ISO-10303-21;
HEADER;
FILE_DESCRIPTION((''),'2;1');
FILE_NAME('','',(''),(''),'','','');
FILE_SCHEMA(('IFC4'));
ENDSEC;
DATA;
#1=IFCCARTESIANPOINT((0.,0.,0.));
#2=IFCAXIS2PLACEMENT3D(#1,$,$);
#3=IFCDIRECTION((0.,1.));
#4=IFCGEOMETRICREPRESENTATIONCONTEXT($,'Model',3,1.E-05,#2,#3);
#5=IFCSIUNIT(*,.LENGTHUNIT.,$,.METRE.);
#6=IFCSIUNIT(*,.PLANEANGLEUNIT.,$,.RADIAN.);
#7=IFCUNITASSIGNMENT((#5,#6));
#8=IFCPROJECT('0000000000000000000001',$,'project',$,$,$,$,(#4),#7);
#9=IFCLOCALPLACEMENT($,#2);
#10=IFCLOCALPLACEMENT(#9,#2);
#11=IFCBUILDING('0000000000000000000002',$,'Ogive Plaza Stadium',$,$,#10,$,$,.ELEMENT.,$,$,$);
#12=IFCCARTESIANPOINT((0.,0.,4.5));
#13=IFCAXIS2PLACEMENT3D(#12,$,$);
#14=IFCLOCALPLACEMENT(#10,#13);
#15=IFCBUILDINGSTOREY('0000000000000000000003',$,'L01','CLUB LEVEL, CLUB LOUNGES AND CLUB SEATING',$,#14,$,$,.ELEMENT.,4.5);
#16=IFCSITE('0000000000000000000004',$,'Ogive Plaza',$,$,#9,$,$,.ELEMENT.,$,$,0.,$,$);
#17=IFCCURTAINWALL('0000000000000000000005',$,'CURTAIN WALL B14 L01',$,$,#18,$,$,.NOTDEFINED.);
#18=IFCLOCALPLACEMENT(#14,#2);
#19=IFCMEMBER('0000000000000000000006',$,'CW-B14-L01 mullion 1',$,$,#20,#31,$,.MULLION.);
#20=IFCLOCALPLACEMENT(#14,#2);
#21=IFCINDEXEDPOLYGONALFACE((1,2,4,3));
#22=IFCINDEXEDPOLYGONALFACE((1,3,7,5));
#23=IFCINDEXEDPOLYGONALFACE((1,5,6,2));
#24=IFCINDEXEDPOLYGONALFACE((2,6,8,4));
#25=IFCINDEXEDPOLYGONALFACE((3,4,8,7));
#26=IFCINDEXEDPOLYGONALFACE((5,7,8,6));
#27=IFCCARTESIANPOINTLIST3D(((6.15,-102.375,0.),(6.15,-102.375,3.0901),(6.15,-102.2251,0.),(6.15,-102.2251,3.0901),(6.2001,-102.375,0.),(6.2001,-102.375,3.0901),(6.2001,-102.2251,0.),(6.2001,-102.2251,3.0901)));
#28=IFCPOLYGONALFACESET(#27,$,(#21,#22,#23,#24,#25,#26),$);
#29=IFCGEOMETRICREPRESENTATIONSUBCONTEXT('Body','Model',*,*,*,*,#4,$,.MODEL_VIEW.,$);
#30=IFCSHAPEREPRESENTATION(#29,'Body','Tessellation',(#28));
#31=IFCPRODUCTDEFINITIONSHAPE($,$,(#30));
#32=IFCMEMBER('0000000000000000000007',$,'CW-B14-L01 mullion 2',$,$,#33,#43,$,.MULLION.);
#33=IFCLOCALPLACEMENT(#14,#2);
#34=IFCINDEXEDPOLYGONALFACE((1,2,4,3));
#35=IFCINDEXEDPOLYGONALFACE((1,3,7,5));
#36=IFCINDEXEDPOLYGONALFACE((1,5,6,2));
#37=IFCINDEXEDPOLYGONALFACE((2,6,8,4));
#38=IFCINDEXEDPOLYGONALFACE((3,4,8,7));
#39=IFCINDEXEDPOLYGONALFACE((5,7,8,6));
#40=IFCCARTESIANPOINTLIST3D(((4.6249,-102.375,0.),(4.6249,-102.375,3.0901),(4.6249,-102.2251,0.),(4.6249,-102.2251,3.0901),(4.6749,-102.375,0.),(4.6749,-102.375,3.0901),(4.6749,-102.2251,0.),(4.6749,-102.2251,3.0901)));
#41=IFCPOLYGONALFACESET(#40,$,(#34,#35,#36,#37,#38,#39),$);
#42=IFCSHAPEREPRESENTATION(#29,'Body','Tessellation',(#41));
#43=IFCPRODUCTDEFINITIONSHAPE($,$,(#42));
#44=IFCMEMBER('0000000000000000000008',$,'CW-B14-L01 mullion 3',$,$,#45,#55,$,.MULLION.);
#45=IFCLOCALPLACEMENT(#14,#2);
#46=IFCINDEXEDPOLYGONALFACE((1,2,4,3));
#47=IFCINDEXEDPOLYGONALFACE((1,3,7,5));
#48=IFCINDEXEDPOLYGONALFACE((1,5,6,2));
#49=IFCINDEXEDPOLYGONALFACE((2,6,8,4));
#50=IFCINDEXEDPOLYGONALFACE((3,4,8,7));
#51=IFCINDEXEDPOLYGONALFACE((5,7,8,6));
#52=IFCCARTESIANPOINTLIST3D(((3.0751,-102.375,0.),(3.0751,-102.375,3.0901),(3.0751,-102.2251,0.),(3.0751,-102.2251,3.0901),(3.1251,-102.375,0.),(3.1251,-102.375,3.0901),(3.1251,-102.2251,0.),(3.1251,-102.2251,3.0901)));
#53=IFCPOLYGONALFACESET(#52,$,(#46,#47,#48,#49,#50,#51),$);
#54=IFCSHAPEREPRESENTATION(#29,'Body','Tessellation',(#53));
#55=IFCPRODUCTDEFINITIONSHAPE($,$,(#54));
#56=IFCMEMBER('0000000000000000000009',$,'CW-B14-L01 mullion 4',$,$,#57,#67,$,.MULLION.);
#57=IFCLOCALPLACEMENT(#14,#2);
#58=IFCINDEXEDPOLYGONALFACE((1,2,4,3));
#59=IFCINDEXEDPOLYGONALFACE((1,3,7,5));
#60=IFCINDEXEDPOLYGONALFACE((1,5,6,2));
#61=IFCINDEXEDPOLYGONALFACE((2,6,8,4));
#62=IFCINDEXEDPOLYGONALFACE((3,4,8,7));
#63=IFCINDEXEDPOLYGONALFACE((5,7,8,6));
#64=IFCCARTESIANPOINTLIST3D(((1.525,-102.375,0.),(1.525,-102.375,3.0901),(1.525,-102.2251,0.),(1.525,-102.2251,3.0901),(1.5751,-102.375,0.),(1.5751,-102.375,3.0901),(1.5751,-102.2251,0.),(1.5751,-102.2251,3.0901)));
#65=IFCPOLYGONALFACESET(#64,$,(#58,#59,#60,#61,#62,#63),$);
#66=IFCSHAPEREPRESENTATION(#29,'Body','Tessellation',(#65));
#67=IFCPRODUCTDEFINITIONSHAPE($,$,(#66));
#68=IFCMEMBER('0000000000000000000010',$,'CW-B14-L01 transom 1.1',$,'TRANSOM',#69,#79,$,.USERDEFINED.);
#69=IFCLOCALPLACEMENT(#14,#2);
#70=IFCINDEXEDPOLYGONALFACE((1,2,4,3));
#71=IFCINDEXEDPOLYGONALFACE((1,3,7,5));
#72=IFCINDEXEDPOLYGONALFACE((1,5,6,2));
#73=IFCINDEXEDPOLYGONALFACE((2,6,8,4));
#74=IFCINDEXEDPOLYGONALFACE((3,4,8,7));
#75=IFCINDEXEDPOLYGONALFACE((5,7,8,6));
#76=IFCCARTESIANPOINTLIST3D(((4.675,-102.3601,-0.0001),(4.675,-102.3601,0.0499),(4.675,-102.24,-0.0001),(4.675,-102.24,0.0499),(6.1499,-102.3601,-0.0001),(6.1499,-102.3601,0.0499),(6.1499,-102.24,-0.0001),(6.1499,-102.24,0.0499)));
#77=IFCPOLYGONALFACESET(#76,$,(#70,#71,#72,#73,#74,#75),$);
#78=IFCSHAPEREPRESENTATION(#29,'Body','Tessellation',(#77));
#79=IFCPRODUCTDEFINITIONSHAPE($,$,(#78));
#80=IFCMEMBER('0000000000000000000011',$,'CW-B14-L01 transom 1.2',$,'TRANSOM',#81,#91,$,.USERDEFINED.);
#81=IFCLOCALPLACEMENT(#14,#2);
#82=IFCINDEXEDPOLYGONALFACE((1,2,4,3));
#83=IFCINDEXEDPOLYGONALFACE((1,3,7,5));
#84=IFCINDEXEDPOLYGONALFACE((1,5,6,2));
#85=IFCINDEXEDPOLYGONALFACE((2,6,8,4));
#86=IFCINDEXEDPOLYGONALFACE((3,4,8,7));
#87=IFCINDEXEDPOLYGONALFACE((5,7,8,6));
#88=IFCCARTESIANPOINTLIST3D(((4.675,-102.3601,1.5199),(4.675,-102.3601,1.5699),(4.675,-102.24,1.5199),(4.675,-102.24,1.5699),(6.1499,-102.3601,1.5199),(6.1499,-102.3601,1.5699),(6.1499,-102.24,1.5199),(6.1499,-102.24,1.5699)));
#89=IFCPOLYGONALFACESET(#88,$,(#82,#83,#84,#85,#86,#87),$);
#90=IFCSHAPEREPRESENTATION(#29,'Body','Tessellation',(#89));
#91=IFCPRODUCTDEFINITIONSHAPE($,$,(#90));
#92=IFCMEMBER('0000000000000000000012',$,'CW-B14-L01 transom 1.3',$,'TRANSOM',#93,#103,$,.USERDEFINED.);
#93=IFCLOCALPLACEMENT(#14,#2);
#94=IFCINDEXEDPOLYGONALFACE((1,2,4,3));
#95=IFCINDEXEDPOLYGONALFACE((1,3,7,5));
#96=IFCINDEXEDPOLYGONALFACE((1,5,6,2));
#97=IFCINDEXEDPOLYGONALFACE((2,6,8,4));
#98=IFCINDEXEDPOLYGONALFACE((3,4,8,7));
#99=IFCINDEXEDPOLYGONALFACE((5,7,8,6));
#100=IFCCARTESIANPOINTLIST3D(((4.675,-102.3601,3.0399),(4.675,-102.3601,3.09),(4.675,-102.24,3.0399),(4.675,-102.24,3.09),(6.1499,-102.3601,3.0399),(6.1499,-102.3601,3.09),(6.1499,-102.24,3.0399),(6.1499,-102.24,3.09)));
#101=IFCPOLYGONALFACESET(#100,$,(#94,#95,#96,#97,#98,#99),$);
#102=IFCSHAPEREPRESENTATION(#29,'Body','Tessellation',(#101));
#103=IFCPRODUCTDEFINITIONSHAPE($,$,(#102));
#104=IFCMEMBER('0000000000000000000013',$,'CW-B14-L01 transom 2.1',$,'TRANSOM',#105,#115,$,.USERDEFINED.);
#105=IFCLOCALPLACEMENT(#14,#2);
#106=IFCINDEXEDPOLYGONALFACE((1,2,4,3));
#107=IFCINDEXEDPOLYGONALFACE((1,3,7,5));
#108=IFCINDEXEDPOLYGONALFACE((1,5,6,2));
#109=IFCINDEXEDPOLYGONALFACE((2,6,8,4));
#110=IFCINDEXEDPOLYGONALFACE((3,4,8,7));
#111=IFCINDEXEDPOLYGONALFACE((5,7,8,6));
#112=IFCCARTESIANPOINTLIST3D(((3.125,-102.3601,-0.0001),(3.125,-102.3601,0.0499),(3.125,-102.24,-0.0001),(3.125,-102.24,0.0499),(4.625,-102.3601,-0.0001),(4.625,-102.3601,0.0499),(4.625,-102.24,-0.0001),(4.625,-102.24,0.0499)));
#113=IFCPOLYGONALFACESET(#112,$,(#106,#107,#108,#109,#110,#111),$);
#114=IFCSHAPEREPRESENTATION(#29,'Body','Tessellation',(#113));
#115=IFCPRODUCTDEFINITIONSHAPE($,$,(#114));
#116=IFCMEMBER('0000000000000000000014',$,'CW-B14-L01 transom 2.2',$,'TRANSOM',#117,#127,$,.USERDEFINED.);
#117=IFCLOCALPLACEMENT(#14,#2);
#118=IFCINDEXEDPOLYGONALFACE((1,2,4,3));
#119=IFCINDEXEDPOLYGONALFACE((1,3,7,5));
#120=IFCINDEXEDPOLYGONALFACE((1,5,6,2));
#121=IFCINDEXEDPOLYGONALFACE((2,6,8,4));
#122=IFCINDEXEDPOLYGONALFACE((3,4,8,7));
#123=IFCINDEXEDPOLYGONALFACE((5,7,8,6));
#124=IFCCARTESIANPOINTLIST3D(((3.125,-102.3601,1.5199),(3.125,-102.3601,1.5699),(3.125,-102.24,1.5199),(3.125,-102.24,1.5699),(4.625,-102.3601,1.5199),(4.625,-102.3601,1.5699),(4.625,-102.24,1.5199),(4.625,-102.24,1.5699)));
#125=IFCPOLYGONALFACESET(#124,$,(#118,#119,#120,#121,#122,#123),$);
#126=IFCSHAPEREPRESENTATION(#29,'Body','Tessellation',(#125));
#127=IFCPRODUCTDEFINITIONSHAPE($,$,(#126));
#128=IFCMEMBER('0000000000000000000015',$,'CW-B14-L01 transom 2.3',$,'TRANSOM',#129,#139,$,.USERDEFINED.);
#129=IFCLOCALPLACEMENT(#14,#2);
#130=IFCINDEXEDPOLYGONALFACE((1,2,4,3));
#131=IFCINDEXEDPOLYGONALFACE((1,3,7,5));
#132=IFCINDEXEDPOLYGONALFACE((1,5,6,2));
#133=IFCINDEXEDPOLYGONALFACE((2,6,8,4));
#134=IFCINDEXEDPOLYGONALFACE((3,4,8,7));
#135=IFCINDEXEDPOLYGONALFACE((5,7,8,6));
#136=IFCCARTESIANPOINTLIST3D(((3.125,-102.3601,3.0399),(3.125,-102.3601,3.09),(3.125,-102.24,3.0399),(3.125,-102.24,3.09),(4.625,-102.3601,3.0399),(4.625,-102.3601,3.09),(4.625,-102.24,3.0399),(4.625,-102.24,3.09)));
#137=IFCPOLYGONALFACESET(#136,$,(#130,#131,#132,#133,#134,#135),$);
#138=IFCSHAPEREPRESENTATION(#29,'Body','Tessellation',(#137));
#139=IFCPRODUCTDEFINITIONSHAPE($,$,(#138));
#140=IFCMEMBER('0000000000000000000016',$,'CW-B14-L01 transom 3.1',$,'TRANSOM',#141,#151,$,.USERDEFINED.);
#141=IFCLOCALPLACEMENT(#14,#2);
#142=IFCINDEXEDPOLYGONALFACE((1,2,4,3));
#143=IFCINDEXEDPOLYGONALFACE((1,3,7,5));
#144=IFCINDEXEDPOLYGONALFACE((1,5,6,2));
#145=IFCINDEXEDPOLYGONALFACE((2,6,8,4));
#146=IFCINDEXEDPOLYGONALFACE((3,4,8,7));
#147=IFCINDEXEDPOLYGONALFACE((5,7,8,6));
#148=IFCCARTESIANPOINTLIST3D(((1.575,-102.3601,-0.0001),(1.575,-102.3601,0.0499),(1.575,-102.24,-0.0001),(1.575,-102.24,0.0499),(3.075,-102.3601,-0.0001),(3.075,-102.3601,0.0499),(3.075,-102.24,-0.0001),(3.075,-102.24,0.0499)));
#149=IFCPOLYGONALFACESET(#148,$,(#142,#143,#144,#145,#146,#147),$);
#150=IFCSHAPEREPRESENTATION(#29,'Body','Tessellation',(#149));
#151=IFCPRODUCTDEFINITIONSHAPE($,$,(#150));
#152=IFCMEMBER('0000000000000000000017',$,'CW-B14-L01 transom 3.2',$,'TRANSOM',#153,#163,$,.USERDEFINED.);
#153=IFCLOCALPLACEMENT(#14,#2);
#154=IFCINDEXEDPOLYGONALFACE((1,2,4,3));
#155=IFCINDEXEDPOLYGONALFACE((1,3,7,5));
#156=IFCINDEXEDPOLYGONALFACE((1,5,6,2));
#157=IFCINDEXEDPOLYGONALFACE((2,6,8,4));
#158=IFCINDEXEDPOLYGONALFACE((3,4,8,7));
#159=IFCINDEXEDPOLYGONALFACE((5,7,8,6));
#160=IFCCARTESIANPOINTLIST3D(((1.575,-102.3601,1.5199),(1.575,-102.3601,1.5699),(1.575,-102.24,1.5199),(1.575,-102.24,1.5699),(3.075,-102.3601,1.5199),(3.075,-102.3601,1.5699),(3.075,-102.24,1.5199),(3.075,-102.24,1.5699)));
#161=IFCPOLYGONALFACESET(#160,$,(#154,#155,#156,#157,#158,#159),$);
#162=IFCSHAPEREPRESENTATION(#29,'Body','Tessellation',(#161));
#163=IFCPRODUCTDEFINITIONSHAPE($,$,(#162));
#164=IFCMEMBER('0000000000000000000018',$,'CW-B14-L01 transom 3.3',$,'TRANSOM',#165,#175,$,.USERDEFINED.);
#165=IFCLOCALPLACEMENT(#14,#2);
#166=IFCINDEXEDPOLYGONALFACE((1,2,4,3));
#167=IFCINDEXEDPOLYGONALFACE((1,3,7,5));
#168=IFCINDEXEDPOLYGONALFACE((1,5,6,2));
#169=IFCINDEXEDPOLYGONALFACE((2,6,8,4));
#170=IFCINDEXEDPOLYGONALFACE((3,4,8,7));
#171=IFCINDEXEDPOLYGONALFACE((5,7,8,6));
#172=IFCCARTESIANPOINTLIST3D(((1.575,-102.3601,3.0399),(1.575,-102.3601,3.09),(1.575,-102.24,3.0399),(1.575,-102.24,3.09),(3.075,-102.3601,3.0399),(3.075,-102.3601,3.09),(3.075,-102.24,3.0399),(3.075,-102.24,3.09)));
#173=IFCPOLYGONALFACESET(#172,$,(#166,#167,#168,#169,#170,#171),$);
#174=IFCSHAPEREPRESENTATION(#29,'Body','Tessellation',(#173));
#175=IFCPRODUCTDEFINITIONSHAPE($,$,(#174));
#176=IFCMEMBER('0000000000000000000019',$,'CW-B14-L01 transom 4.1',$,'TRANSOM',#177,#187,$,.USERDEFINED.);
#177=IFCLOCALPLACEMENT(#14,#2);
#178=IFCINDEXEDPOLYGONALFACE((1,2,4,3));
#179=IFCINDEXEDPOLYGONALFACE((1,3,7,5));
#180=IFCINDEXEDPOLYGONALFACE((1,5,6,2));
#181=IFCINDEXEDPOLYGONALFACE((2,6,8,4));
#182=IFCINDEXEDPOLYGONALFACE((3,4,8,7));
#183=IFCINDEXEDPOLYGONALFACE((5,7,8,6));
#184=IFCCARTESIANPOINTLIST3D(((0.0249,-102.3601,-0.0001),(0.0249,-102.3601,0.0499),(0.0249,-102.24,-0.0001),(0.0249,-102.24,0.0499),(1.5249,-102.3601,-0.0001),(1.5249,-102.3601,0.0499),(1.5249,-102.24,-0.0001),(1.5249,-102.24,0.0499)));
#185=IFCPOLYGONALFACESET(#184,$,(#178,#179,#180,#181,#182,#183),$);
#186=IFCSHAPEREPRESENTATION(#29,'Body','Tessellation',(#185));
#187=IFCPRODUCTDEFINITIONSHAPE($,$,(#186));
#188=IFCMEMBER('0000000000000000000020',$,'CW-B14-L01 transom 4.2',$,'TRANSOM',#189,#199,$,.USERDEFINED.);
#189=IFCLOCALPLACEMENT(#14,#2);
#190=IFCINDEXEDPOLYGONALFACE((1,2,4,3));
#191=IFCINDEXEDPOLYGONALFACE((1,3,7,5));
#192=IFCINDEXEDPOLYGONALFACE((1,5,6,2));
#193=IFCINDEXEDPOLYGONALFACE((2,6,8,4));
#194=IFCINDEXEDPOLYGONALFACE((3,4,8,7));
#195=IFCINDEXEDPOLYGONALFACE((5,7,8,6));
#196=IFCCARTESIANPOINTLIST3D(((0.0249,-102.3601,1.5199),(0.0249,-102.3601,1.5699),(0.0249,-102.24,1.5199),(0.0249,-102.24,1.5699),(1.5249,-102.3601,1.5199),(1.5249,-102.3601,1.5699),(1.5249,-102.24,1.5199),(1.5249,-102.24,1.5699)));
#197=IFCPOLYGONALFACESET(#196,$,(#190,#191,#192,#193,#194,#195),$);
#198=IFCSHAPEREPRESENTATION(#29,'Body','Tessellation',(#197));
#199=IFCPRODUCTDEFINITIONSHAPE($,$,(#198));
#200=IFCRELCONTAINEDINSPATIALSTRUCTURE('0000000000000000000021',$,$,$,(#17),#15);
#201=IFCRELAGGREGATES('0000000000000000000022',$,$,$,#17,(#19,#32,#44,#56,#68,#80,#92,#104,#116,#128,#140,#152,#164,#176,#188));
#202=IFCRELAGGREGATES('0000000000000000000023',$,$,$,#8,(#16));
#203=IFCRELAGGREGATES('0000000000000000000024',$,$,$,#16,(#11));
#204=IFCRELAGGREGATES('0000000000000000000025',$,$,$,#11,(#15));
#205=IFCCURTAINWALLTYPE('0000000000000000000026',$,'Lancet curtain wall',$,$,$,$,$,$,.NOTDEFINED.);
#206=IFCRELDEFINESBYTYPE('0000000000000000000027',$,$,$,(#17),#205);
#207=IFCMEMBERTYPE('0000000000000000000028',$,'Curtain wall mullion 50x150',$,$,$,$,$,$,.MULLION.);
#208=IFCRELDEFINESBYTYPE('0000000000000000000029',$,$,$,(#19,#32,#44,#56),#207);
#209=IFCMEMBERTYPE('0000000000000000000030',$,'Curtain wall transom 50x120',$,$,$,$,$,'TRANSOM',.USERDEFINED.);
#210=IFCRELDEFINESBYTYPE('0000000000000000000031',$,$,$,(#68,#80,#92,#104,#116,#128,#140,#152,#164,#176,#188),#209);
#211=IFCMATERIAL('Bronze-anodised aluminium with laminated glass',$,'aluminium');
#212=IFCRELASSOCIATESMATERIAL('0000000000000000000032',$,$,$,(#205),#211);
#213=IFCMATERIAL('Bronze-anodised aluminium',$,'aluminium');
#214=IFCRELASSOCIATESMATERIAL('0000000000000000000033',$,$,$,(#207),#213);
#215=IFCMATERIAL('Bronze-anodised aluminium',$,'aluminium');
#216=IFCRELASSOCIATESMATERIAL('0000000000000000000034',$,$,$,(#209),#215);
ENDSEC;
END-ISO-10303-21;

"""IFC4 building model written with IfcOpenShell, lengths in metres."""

from ifc_helpers import new_model, si_unit, direction, frame, origin, origin_2d, place, context, subcontext, project, spatial, rectangle, extrude, material, material_profile, profile_set, type_object, element, aggregate, save


model = new_model("IFC4")

# Units and contexts
model_context = context("Model", 3, precision=1e-05, world=origin(), true_north=direction((0.0, 1.0)))
body_context = subcontext(model_context, "Body", "Model", "MODEL_VIEW")
ifc_project = project(units=[si_unit("LENGTHUNIT", "METRE"), si_unit("PLANEANGLEUNIT", "RADIAN")], contexts=[model_context])

# Site, building, storey
site_placement = place(None, origin())
site = spatial("IfcSite", under=ifc_project, at=site_placement, Name="Ogive Plaza", CompositionType="ELEMENT", RefElevation=0.0)
building_placement = place(site_placement, origin())
building = spatial("IfcBuilding", under=site, at=building_placement, Name="Ogive Plaza Stadium", CompositionType="ELEMENT")
storey_placement = place(building_placement, frame((0.0, 0.0, 4.5)))
storey = spatial("IfcBuildingStorey", under=building, at=storey_placement, Name="L01", Description="CLUB LEVEL, CLUB LOUNGES AND CLUB SEATING", CompositionType="ELEMENT", Elevation=4.5)

# Curtain wall, members
ifc_material_1 = material(Name="Bronze-anodised aluminium with laminated glass", Category="aluminium")
curtain_wall_type = type_object("IfcCurtainWallType", Name="Lancet curtain wall", PredefinedType="NOTDEFINED", material=ifc_material_1)
curtain_wall_placement = place(storey_placement, origin())
curtain_wall = element("IfcCurtainWall", 1, at=curtain_wall_placement, inside=storey, type_object=curtain_wall_type, Name="CURTAIN WALL B14 L01", PredefinedType="NOTDEFINED")
ifc_material_2 = material(Name="Bronze-anodised aluminium", Category="aluminium")
ifc_material_profile_1 = material_profile(ifc_material_2, rectangle(XDim=0.1499, YDim=0.05, at=origin_2d()), Name="AL 150x50")
ifc_profile_set_1 = profile_set([ifc_material_profile_1], Name="Bronze-anodised aluminium")
member_type_1 = type_object("IfcMemberType", Name="Curtain wall mullion 50x150", PredefinedType="MULLION", material=ifc_profile_set_1)
member_1_placement = place(storey_placement, frame((6.175, -102.3, 0.0), z_axis=(0.0, 0.0, 1.0), x_axis=(0.0, -1.0, 0.0)))
member_1 = element("IfcMember", 2, at=member_1_placement, type_object=member_type_1, Name="CW-B14-L01 mullion 1", PredefinedType="MULLION", context=body_context, shape_type="SweptSolid", body=[
    extrude(rectangle(XDim=0.1499, YDim=0.05, at=origin_2d()), origin(), (0.0, 0.0, 1.0), 3.0901),
])
member_2_placement = place(storey_placement, frame((4.6499, -102.3, 0.0), z_axis=(0.0, 0.0, 1.0), x_axis=(0.0, -1.0, 0.0)))
member_2 = element("IfcMember", 3, at=member_2_placement, type_object=member_type_1, Name="CW-B14-L01 mullion 2", PredefinedType="MULLION", context=body_context, shape_type="SweptSolid", body=[
    extrude(rectangle(XDim=0.1499, YDim=0.05, at=origin_2d()), origin(), (0.0, 0.0, 1.0), 3.0901),
])
member_3_placement = place(storey_placement, frame((3.1001, -102.3, 0.0), z_axis=(0.0, 0.0, 1.0), x_axis=(0.0, -1.0, 0.0)))
member_3 = element("IfcMember", 4, at=member_3_placement, type_object=member_type_1, Name="CW-B14-L01 mullion 3", PredefinedType="MULLION", context=body_context, shape_type="SweptSolid", body=[
    extrude(rectangle(XDim=0.1499, YDim=0.05, at=origin_2d()), origin(), (0.0, 0.0, 1.0), 3.0901),
])
member_4_placement = place(storey_placement, frame((1.55, -102.3, 0.0), z_axis=(0.0, 0.0, 1.0), x_axis=(0.0, -1.0, 0.0)))
member_4 = element("IfcMember", 5, at=member_4_placement, type_object=member_type_1, Name="CW-B14-L01 mullion 4", PredefinedType="MULLION", context=body_context, shape_type="SweptSolid", body=[
    extrude(rectangle(XDim=0.1499, YDim=0.05, at=origin_2d()), origin(), (0.0, 0.0, 1.0), 3.0901),
])
ifc_material_3 = material(Name="Bronze-anodised aluminium", Category="aluminium")
ifc_material_profile_2 = material_profile(ifc_material_3, rectangle(XDim=0.1201, YDim=0.05, at=origin_2d()), Name="AL 120x50")
ifc_profile_set_2 = profile_set([ifc_material_profile_2], Name="Bronze-anodised aluminium")
member_type_2 = type_object("IfcMemberType", Name="Curtain wall transom 50x120", ElementType="TRANSOM", PredefinedType="USERDEFINED", material=ifc_profile_set_2)
member_5_placement = place(storey_placement, frame((6.1499, -102.3, 0.0249), z_axis=(-1.0, 0.0, 0.0), x_axis=(0.0, -1.0, 0.0)))
member_5 = element("IfcMember", 6, at=member_5_placement, type_object=member_type_2, Name="CW-B14-L01 transom 1.1", ObjectType="TRANSOM", PredefinedType="USERDEFINED", context=body_context, shape_type="SweptSolid", body=[
    extrude(rectangle(XDim=0.1201, YDim=0.05, at=origin_2d()), origin(), (0.0, 0.0, 1.0), 1.4749),
])
member_6_placement = place(storey_placement, frame((6.1499, -102.3, 1.5449), z_axis=(-1.0, 0.0, 0.0), x_axis=(0.0, -1.0, 0.0)))
member_6 = element("IfcMember", 7, at=member_6_placement, type_object=member_type_2, Name="CW-B14-L01 transom 1.2", ObjectType="TRANSOM", PredefinedType="USERDEFINED", context=body_context, shape_type="SweptSolid", body=[
    extrude(rectangle(XDim=0.1201, YDim=0.05, at=origin_2d()), origin(), (0.0, 0.0, 1.0), 1.4749),
])
member_7_placement = place(storey_placement, frame((6.1499, -102.3, 3.0649), z_axis=(-1.0, 0.0, 0.0), x_axis=(0.0, -1.0, 0.0)))
member_7 = element("IfcMember", 8, at=member_7_placement, type_object=member_type_2, Name="CW-B14-L01 transom 1.3", ObjectType="TRANSOM", PredefinedType="USERDEFINED", context=body_context, shape_type="SweptSolid", body=[
    extrude(rectangle(XDim=0.1201, YDim=0.05, at=origin_2d()), origin(), (0.0, 0.0, 1.0), 1.4749),
])
member_8_placement = place(storey_placement, frame((4.625, -102.3, 0.0249), z_axis=(-1.0, 0.0, 0.0), x_axis=(0.0, -1.0, 0.0)))
member_8 = element("IfcMember", 9, at=member_8_placement, type_object=member_type_2, Name="CW-B14-L01 transom 2.1", ObjectType="TRANSOM", PredefinedType="USERDEFINED", context=body_context, shape_type="SweptSolid", body=[
    extrude(rectangle(XDim=0.1201, YDim=0.05, at=origin_2d()), origin(), (0.0, 0.0, 1.0), 1.5),
])
member_9_placement = place(storey_placement, frame((4.625, -102.3, 1.5449), z_axis=(-1.0, 0.0, 0.0), x_axis=(0.0, -1.0, 0.0)))
member_9 = element("IfcMember", 10, at=member_9_placement, type_object=member_type_2, Name="CW-B14-L01 transom 2.2", ObjectType="TRANSOM", PredefinedType="USERDEFINED", context=body_context, shape_type="SweptSolid", body=[
    extrude(rectangle(XDim=0.1201, YDim=0.05, at=origin_2d()), origin(), (0.0, 0.0, 1.0), 1.5),
])
member_10_placement = place(storey_placement, frame((4.625, -102.3, 3.0649), z_axis=(-1.0, 0.0, 0.0), x_axis=(0.0, -1.0, 0.0)))
member_10 = element("IfcMember", 11, at=member_10_placement, type_object=member_type_2, Name="CW-B14-L01 transom 2.3", ObjectType="TRANSOM", PredefinedType="USERDEFINED", context=body_context, shape_type="SweptSolid", body=[
    extrude(rectangle(XDim=0.1201, YDim=0.05, at=origin_2d()), origin(), (0.0, 0.0, 1.0), 1.5),
])
member_11_placement = place(storey_placement, frame((3.075, -102.3, 0.0249), z_axis=(-1.0, 0.0, 0.0), x_axis=(0.0, -1.0, 0.0)))
member_11 = element("IfcMember", 12, at=member_11_placement, type_object=member_type_2, Name="CW-B14-L01 transom 3.1", ObjectType="TRANSOM", PredefinedType="USERDEFINED", context=body_context, shape_type="SweptSolid", body=[
    extrude(rectangle(XDim=0.1201, YDim=0.05, at=origin_2d()), origin(), (0.0, 0.0, 1.0), 1.5),
])
member_12_placement = place(storey_placement, frame((3.075, -102.3, 1.5449), z_axis=(-1.0, 0.0, 0.0), x_axis=(0.0, -1.0, 0.0)))
member_12 = element("IfcMember", 13, at=member_12_placement, type_object=member_type_2, Name="CW-B14-L01 transom 3.2", ObjectType="TRANSOM", PredefinedType="USERDEFINED", context=body_context, shape_type="SweptSolid", body=[
    extrude(rectangle(XDim=0.1201, YDim=0.05, at=origin_2d()), origin(), (0.0, 0.0, 1.0), 1.5),
])
member_13_placement = place(storey_placement, frame((3.075, -102.3, 3.0649), z_axis=(-1.0, 0.0, 0.0), x_axis=(0.0, -1.0, 0.0)))
member_13 = element("IfcMember", 14, at=member_13_placement, type_object=member_type_2, Name="CW-B14-L01 transom 3.3", ObjectType="TRANSOM", PredefinedType="USERDEFINED", context=body_context, shape_type="SweptSolid", body=[
    extrude(rectangle(XDim=0.1201, YDim=0.05, at=origin_2d()), origin(), (0.0, 0.0, 1.0), 1.5),
])
member_14_placement = place(storey_placement, frame((1.5249, -102.3, 0.0249), z_axis=(-1.0, 0.0, 0.0), x_axis=(0.0, -1.0, 0.0)))
member_14 = element("IfcMember", 15, at=member_14_placement, type_object=member_type_2, Name="CW-B14-L01 transom 4.1", ObjectType="TRANSOM", PredefinedType="USERDEFINED", context=body_context, shape_type="SweptSolid", body=[
    extrude(rectangle(XDim=0.1201, YDim=0.05, at=origin_2d()), origin(), (0.0, 0.0, 1.0), 1.5),
])
member_15_placement = place(storey_placement, frame((1.5249, -102.3, 1.5449), z_axis=(-1.0, 0.0, 0.0), x_axis=(0.0, -1.0, 0.0)))
member_15 = element("IfcMember", 16, at=member_15_placement, type_object=member_type_2, Name="CW-B14-L01 transom 4.2", ObjectType="TRANSOM", PredefinedType="USERDEFINED", context=body_context, shape_type="SweptSolid", body=[
    extrude(rectangle(XDim=0.1201, YDim=0.05, at=origin_2d()), origin(), (0.0, 0.0, 1.0), 1.5),
])

aggregate(curtain_wall, [member_1, member_2, member_3, member_4, member_5, member_6, member_7, member_8, member_9, member_10, member_11, member_12, member_13, member_14, member_15])

save(model, "model.ifc")
